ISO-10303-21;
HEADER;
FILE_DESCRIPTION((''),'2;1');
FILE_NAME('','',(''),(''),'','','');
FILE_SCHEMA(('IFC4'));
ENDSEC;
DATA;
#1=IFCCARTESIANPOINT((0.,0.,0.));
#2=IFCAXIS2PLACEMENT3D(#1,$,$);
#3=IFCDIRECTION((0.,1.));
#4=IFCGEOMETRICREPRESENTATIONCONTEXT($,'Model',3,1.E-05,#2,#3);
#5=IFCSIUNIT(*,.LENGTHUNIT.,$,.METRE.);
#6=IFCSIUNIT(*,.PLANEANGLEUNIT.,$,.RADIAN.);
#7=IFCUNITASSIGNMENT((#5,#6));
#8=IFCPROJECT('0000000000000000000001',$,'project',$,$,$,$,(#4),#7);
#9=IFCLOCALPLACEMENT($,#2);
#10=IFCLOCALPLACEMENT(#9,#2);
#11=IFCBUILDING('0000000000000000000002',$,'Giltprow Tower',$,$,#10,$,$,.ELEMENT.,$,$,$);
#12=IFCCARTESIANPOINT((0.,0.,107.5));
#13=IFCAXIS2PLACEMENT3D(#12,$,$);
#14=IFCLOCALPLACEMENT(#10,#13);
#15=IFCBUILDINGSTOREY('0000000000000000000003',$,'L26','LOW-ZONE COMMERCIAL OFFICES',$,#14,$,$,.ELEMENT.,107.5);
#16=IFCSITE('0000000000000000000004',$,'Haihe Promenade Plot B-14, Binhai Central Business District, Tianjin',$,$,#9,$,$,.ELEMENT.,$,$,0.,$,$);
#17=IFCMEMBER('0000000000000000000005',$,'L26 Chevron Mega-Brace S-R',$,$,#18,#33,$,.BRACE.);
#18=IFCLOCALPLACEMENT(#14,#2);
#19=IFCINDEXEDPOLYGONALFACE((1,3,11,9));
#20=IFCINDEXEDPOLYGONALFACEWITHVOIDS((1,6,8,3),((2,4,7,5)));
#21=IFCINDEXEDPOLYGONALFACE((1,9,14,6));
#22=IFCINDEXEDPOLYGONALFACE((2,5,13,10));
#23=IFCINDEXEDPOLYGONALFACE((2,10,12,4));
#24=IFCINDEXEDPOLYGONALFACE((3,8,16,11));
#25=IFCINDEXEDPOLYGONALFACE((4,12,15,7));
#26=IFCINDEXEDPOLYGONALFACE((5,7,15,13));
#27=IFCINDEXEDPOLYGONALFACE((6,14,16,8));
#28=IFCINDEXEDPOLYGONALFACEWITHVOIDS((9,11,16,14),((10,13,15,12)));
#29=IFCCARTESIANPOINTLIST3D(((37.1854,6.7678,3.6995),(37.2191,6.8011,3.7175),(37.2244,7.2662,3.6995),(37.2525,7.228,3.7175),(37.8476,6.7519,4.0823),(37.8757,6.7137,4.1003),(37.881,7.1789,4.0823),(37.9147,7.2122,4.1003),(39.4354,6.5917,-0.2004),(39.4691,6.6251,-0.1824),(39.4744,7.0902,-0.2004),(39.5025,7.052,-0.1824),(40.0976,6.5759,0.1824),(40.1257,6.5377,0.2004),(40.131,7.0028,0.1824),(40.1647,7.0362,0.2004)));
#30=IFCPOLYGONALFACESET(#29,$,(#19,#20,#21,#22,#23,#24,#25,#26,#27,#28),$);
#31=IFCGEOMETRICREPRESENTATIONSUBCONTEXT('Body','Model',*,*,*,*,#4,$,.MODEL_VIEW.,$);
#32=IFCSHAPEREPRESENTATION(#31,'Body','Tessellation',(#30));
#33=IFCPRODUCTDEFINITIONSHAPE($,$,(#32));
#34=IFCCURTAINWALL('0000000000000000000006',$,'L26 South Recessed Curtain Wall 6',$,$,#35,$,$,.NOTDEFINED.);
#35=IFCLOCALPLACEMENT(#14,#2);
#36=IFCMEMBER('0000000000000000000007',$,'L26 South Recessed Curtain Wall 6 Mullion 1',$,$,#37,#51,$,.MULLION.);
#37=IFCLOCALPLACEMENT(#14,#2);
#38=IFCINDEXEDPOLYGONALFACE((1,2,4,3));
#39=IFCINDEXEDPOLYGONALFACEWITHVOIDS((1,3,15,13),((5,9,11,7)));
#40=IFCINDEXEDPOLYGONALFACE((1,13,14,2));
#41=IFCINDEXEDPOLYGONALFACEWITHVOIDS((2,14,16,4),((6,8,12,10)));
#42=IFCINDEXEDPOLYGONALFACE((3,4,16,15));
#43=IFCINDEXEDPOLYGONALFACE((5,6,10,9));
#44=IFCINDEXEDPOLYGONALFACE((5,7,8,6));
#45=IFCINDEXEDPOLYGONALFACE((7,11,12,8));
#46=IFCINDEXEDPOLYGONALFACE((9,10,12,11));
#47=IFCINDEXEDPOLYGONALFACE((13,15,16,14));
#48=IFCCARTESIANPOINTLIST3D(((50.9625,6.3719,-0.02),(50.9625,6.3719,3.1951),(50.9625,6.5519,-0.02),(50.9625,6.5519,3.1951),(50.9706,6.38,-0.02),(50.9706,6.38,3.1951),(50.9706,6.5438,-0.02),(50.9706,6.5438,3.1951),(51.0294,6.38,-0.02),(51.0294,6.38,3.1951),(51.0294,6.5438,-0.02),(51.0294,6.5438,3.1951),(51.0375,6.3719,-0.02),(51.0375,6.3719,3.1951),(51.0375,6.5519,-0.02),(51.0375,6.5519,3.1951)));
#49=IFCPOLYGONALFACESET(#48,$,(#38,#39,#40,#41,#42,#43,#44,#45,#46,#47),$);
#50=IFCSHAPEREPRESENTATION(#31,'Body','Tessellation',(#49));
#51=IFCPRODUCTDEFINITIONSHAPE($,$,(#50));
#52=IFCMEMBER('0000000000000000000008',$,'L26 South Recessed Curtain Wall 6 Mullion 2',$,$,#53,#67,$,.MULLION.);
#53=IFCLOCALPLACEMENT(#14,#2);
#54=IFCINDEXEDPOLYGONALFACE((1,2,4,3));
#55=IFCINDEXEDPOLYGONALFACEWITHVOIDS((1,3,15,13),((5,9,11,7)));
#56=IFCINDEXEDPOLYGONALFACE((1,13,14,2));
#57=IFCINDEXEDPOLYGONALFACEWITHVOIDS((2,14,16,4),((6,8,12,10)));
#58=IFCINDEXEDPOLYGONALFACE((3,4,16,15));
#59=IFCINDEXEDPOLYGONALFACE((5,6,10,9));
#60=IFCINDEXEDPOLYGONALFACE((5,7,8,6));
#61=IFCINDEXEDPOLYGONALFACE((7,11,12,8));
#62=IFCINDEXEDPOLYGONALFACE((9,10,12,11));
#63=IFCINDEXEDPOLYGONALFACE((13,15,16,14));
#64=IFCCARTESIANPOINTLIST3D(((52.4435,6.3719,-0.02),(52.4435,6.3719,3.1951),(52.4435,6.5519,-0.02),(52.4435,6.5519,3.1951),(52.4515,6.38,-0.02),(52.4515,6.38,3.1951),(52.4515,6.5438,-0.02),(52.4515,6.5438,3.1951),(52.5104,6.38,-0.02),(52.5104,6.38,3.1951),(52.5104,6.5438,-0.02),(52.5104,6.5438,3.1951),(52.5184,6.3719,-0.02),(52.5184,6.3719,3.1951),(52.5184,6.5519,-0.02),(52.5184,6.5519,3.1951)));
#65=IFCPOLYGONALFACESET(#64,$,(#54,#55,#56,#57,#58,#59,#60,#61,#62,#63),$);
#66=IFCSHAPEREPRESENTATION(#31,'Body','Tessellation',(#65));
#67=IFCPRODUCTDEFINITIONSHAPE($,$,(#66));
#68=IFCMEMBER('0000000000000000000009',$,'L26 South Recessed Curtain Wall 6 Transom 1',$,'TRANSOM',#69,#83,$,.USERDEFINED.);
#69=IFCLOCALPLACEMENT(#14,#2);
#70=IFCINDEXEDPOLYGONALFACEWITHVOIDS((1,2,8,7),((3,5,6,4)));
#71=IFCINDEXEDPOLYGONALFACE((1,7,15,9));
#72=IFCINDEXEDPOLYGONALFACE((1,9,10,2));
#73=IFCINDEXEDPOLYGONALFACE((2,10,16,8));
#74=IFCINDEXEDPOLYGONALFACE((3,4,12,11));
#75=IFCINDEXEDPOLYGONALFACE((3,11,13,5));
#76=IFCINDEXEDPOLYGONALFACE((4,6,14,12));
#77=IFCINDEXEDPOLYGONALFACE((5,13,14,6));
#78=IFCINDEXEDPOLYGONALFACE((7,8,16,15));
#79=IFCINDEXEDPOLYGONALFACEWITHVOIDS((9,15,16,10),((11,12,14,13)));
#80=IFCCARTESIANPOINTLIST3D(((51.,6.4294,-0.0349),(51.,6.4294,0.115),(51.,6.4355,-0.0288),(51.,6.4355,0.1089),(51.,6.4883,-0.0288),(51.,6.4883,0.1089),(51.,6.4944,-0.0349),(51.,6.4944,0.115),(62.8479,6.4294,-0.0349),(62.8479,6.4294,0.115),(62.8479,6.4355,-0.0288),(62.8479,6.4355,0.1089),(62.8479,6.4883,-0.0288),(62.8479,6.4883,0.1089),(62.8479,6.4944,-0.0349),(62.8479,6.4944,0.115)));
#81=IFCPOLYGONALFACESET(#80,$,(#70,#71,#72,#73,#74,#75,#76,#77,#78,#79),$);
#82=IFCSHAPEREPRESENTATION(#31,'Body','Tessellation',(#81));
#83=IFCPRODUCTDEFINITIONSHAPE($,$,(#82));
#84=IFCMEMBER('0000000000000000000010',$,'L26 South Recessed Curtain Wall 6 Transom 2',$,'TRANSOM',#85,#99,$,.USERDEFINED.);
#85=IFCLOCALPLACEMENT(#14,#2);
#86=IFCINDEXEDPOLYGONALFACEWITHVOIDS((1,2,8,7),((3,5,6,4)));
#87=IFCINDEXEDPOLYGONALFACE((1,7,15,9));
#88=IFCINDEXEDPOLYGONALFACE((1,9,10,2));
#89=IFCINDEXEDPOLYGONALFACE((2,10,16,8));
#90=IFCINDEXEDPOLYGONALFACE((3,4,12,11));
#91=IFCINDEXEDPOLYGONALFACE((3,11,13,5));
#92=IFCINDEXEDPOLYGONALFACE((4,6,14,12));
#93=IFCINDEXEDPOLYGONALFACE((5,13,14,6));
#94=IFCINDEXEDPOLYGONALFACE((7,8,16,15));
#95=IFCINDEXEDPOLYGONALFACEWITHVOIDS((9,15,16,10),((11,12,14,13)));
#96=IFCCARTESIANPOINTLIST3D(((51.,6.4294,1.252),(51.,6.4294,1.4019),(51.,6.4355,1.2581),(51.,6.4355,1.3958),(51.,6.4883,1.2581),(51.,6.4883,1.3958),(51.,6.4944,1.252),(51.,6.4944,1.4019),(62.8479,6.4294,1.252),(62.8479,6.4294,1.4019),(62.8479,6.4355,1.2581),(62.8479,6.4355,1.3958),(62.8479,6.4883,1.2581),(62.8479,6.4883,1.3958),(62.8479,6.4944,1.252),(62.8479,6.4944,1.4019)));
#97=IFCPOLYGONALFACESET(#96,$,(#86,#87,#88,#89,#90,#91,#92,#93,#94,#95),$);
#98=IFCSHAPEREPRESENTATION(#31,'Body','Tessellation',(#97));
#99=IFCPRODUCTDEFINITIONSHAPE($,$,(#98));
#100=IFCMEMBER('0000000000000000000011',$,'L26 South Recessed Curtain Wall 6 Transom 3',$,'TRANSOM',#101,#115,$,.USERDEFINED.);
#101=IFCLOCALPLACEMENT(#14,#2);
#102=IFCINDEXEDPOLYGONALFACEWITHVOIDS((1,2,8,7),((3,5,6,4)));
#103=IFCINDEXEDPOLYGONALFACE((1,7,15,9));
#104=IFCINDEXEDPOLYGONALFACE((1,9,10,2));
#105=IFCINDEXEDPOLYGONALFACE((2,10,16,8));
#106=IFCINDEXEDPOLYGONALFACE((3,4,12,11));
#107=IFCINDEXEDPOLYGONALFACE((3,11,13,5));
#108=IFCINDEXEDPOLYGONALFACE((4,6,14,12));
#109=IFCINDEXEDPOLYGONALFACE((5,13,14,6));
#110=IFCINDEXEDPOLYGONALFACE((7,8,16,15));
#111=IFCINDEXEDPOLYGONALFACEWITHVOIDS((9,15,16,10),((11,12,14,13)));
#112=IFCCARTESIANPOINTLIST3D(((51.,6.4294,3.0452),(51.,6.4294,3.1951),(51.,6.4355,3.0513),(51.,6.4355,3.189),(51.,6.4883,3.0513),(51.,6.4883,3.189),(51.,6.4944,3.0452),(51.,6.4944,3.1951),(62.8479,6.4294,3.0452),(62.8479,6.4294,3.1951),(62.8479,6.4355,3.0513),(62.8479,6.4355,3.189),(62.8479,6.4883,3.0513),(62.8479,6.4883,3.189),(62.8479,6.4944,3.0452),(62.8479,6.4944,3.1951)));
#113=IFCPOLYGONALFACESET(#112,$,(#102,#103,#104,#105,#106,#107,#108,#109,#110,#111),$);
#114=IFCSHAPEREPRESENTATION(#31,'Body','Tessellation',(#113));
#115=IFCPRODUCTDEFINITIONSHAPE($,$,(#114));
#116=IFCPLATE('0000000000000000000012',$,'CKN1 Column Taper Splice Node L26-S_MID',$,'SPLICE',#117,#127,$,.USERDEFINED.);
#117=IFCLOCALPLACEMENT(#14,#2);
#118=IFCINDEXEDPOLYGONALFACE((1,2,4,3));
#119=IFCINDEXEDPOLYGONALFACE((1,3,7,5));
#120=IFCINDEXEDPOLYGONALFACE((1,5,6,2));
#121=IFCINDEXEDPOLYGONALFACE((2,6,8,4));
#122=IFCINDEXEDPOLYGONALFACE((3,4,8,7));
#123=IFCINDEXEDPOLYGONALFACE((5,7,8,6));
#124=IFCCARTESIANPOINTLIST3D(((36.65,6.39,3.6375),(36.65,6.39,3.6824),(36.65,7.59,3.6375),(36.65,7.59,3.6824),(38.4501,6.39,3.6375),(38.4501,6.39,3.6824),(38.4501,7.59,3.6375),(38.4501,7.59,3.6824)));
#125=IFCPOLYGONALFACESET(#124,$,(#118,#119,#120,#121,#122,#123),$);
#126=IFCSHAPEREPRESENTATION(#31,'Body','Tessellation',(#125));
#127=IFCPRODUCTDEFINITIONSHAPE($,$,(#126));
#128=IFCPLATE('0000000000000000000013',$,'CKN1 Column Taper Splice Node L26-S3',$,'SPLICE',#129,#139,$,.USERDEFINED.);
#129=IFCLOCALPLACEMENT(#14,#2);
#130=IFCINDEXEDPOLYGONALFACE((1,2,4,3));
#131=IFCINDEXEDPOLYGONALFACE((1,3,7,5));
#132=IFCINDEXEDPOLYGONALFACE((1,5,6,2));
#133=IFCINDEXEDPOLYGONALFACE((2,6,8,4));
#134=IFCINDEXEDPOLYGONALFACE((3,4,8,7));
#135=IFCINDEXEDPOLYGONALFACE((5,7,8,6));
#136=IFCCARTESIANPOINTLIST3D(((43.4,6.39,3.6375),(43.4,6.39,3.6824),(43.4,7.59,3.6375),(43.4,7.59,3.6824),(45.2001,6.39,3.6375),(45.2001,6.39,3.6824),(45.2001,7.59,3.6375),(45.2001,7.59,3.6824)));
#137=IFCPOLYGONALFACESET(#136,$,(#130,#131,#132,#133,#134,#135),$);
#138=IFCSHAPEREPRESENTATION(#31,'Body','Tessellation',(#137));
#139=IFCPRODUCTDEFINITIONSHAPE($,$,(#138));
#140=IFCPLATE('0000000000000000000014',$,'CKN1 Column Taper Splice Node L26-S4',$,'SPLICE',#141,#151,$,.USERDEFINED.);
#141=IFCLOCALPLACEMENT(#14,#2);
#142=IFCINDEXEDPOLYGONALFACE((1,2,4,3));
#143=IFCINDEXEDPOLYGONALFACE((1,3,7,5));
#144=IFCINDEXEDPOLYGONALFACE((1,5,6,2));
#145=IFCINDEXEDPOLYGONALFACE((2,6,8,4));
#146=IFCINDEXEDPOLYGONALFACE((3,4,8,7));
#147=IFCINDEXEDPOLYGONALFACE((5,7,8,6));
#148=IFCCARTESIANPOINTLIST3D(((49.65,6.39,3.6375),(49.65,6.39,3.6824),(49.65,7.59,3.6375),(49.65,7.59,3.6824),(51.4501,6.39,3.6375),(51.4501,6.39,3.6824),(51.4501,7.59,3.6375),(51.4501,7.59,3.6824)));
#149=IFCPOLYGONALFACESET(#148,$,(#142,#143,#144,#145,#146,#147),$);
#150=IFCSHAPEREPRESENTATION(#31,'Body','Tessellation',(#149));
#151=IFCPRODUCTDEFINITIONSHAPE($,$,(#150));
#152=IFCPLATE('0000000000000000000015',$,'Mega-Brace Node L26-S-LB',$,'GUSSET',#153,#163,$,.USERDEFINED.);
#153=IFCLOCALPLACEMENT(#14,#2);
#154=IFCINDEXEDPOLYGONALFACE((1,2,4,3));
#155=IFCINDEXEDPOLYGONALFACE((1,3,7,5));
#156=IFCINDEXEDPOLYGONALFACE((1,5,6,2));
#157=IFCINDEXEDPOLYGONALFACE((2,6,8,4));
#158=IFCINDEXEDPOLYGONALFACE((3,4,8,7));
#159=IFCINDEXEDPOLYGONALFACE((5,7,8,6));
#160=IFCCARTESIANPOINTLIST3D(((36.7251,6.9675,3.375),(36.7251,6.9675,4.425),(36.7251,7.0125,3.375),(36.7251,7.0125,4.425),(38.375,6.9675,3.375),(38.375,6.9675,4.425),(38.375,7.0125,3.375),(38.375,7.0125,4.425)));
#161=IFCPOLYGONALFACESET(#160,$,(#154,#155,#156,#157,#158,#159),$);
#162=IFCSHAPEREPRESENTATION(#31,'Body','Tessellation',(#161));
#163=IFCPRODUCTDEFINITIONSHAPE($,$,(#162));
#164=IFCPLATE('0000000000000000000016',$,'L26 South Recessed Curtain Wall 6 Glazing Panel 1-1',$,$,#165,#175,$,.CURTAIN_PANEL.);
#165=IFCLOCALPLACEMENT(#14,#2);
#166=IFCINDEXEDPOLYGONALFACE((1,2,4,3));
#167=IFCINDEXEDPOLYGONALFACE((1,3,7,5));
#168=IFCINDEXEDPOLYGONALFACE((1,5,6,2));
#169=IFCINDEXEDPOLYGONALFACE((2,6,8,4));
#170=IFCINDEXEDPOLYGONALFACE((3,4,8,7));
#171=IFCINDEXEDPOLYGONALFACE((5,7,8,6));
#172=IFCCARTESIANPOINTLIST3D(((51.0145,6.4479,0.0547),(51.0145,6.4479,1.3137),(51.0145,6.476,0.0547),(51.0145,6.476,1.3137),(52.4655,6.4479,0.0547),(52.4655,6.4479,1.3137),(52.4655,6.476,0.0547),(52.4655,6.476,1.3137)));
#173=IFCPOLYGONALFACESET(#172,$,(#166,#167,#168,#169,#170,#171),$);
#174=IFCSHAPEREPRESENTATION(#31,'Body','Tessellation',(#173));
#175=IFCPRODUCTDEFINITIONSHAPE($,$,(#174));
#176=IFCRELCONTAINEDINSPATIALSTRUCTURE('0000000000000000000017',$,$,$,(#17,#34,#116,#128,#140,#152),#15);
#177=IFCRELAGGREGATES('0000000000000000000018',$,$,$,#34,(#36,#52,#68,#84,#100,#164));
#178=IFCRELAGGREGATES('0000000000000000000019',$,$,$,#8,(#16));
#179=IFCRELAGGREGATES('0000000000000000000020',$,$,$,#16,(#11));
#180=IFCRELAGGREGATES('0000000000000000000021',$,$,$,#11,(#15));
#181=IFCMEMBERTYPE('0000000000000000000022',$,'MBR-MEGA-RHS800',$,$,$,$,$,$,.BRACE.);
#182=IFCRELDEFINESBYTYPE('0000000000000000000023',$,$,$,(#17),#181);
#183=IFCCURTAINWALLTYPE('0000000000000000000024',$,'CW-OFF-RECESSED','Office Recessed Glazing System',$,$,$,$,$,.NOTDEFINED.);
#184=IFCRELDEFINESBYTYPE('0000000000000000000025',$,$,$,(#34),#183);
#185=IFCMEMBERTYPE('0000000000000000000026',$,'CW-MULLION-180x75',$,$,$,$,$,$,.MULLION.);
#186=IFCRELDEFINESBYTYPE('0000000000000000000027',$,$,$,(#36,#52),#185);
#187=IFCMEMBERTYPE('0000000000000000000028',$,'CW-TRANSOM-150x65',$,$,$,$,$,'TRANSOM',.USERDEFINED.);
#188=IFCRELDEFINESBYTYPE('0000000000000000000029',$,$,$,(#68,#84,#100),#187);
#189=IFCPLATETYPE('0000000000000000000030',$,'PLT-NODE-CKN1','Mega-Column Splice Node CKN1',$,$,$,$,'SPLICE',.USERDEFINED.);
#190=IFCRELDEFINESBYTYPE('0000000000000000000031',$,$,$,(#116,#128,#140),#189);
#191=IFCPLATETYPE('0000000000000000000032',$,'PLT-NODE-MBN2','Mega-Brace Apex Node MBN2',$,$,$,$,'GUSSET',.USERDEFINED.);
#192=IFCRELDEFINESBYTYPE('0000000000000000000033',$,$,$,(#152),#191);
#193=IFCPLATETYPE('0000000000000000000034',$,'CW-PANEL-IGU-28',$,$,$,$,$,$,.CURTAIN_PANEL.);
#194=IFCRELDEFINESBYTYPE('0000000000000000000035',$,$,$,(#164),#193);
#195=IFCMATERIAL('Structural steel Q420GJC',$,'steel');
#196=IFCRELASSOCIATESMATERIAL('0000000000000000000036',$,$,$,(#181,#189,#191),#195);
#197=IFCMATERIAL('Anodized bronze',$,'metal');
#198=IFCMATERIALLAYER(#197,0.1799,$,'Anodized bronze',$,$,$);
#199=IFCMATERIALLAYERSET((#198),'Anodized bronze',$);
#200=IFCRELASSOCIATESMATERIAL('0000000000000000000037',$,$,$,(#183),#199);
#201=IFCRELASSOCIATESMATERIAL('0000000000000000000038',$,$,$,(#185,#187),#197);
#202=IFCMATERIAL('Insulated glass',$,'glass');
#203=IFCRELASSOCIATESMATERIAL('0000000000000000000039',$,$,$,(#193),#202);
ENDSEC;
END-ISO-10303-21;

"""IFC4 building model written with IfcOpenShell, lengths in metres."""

from ifc_helpers import new_model, si_unit, direction, frame, origin, origin_2d, place, context, subcontext, project, spatial, rectangle, hollow_rectangle, extrude, source, transform, mapped, material, layer, layer_set, material_profile, profile_set, type_object, element, aggregate, save


model = new_model("IFC4")

# Units and contexts
model_context = context("Model", 3, precision=1e-05, world=origin(), true_north=direction((0.0, 1.0)))
body_context = subcontext(model_context, "Body", "Model", "MODEL_VIEW")
ifc_project = project(units=[si_unit("LENGTHUNIT", "METRE"), si_unit("PLANEANGLEUNIT", "RADIAN")], contexts=[model_context])

# Site, building, storey
site_placement = place(None, origin())
site = spatial("IfcSite", under=ifc_project, at=site_placement, Name="Haihe Promenade Plot B-14, Binhai Central Business District, Tianjin", CompositionType="ELEMENT", RefElevation=0.0)
building_placement = place(site_placement, origin())
building = spatial("IfcBuilding", under=site, at=building_placement, Name="Giltprow Tower", CompositionType="ELEMENT")
storey_placement = place(building_placement, frame((0.0, 0.0, 107.5)))
storey = spatial("IfcBuildingStorey", under=building, at=storey_placement, Name="L26", Description="LOW-ZONE COMMERCIAL OFFICES", CompositionType="ELEMENT", Elevation=107.5)

# Shared definitions
ifc_material_1 = material(Name="Structural steel Q420GJC", Category="steel")

# Member
ifc_material_profile_1 = material_profile(ifc_material_1, hollow_rectangle(XDim=0.5, YDim=0.8, WallThickness=0.0359, at=origin_2d()), Name="RHS 800x500x36")
ifc_profile_set_1 = profile_set([ifc_material_profile_1], Name="Structural steel Q420GJC")
member_type_1 = type_object("IfcMemberType", Name="MBR-MEGA-RHS800", PredefinedType="BRACE", material=ifc_profile_set_1)
shared_shape_1 = source(origin(), body_context, "Body", "SweptSolid", [
    extrude(hollow_rectangle(XDim=0.5, YDim=0.8, WallThickness=0.0359, at=origin_2d()), origin(), (0.0, 0.0, 1.0), 4.5059),
])
for number, where, z_axis, x_axis, name in (
    (1, (39.8, 6.814, 0.0), (-0.49935, 0.039066, 0.865519), (-0.077995, -0.996954, 0.0), "L26 Chevron Mega-Brace S-R"),
):
    element("IfcMember", number, at=place(storey_placement, frame(where, z_axis=z_axis, x_axis=x_axis)), inside=storey, type_object=member_type_1, Name=name, PredefinedType="BRACE", context=body_context, shape_type="MappedRepresentation", body=[
        mapped(shared_shape_1, transform((0.0, 0.0, 0.0), x_axis=(1.0, 0.0, 0.0), y_axis=(0.0, 1.0, 0.0), z_axis=(0.0, 0.0, 1.0), scale=1.0)),
    ])

# Curtain wall, members
ifc_material_2 = material(Name="Anodized bronze", Category="metal")
ifc_layer_1 = layer(ifc_material_2, 0.1799, Name="Anodized bronze")
ifc_layer_set_1 = layer_set([ifc_layer_1], Name="Anodized bronze")
curtain_wall_type = type_object("IfcCurtainWallType", Name="CW-OFF-RECESSED", Description="Office Recessed Glazing System", PredefinedType="NOTDEFINED", material=ifc_layer_set_1)
curtain_wall_placement = place(storey_placement, origin())
curtain_wall = element("IfcCurtainWall", 2, at=curtain_wall_placement, inside=storey, type_object=curtain_wall_type, Name="L26 South Recessed Curtain Wall 6", PredefinedType="NOTDEFINED")
ifc_material_profile_2 = material_profile(ifc_material_2, hollow_rectangle(XDim=0.075, YDim=0.1799, WallThickness=0.0081, at=origin_2d()), Name="RHS 180x75x8")
ifc_profile_set_2 = profile_set([ifc_material_profile_2], Name="Anodized bronze")
member_type_2 = type_object("IfcMemberType", Name="CW-MULLION-180x75", PredefinedType="MULLION", material=ifc_profile_set_2)
shared_shape_2 = source(origin(), body_context, "Body", "SweptSolid", [
    extrude(hollow_rectangle(XDim=0.075, YDim=0.1799, WallThickness=0.0081, at=origin_2d()), origin(), (0.0, 0.0, 1.0), 3.2151),
])
member_1_placement = place(storey_placement, frame((51.0, 6.4619, -0.02), z_axis=(0.0, 0.0, 1.0), x_axis=(1.0, 0.0, 0.0)))
member_1 = element("IfcMember", 3, at=member_1_placement, type_object=member_type_2, Name="L26 South Recessed Curtain Wall 6 Mullion 1", PredefinedType="MULLION", context=body_context, shape_type="MappedRepresentation", body=[
    mapped(shared_shape_2, transform((0.0, 0.0, 0.0), x_axis=(1.0, 0.0, 0.0), y_axis=(0.0, 1.0, 0.0), z_axis=(0.0, 0.0, 1.0), scale=1.0)),
])
member_2_placement = place(storey_placement, frame((52.481, 6.4619, -0.02), z_axis=(0.0, 0.0, 1.0), x_axis=(1.0, 0.0, 0.0)))
member_2 = element("IfcMember", 4, at=member_2_placement, type_object=member_type_2, Name="L26 South Recessed Curtain Wall 6 Mullion 2", PredefinedType="MULLION", context=body_context, shape_type="MappedRepresentation", body=[
    mapped(shared_shape_2, transform((0.0, 0.0, 0.0), x_axis=(1.0, 0.0, 0.0), y_axis=(0.0, 1.0, 0.0), z_axis=(0.0, 0.0, 1.0), scale=1.0)),
])
ifc_material_profile_3 = material_profile(ifc_material_2, hollow_rectangle(XDim=0.0649, YDim=0.1499, WallThickness=0.0061, at=origin_2d()), Name="RHS 150x65x6")
ifc_profile_set_3 = profile_set([ifc_material_profile_3], Name="Anodized bronze")
member_type_3 = type_object("IfcMemberType", Name="CW-TRANSOM-150x65", ElementType="TRANSOM", PredefinedType="USERDEFINED", material=ifc_profile_set_3)
shared_shape_3 = source(origin(), body_context, "Body", "SweptSolid", [
    extrude(hollow_rectangle(XDim=0.0649, YDim=0.1499, WallThickness=0.0061, at=origin_2d()), origin(), (0.0, 0.0, 1.0), 11.8479),
])
member_3_placement = place(storey_placement, frame((51.0, 6.4619, 0.04), z_axis=(1.0, 0.0, 0.0), x_axis=(0.0, 1.0, 0.0)))
member_3 = element("IfcMember", 5, at=member_3_placement, type_object=member_type_3, Name="L26 South Recessed Curtain Wall 6 Transom 1", ObjectType="TRANSOM", PredefinedType="USERDEFINED", context=body_context, shape_type="MappedRepresentation", body=[
    mapped(shared_shape_3, transform((0.0, 0.0, 0.0), x_axis=(1.0, 0.0, 0.0), y_axis=(0.0, 1.0, 0.0), z_axis=(0.0, 0.0, 1.0), scale=1.0)),
])
member_4_placement = place(storey_placement, frame((51.0, 6.4619, 1.3269), z_axis=(1.0, 0.0, 0.0), x_axis=(0.0, 1.0, 0.0)))
member_4 = element("IfcMember", 6, at=member_4_placement, type_object=member_type_3, Name="L26 South Recessed Curtain Wall 6 Transom 2", ObjectType="TRANSOM", PredefinedType="USERDEFINED", context=body_context, shape_type="MappedRepresentation", body=[
    mapped(shared_shape_3, transform((0.0, 0.0, 0.0), x_axis=(1.0, 0.0, 0.0), y_axis=(0.0, 1.0, 0.0), z_axis=(0.0, 0.0, 1.0), scale=1.0)),
])
member_5_placement = place(storey_placement, frame((51.0, 6.4619, 3.1201), z_axis=(1.0, 0.0, 0.0), x_axis=(0.0, 1.0, 0.0)))
member_5 = element("IfcMember", 7, at=member_5_placement, type_object=member_type_3, Name="L26 South Recessed Curtain Wall 6 Transom 3", ObjectType="TRANSOM", PredefinedType="USERDEFINED", context=body_context, shape_type="MappedRepresentation", body=[
    mapped(shared_shape_3, transform((0.0, 0.0, 0.0), x_axis=(1.0, 0.0, 0.0), y_axis=(0.0, 1.0, 0.0), z_axis=(0.0, 0.0, 1.0), scale=1.0)),
])

# Plates
plate_type_1 = type_object("IfcPlateType", Name="PLT-NODE-CKN1", Description="Mega-Column Splice Node CKN1", ElementType="SPLICE", PredefinedType="USERDEFINED", material=ifc_material_1)
shared_shape_4 = source(origin(), body_context, "Body", "SweptSolid", [
    extrude(rectangle(XDim=1.8, YDim=1.2, at=origin_2d()), origin(), (0.0, 0.0, 1.0), 0.0449),
])
for number, where, z_axis, x_axis, name in (
    (8, (37.55, 6.99, 3.6375), (0.0, 0.0, 1.0), (1.0, 0.0, 0.0), "CKN1 Column Taper Splice Node L26-S_MID"),
    (9, (44.3, 6.99, 3.6375), (0.0, 0.0, 1.0), (1.0, 0.0, 0.0), "CKN1 Column Taper Splice Node L26-S3"),
    (10, (50.55, 6.99, 3.6375), (0.0, 0.0, 1.0), (1.0, 0.0, 0.0), "CKN1 Column Taper Splice Node L26-S4"),
):
    element("IfcPlate", number, at=place(storey_placement, frame(where, z_axis=z_axis, x_axis=x_axis)), inside=storey, type_object=plate_type_1, Name=name, ObjectType="SPLICE", PredefinedType="USERDEFINED", context=body_context, shape_type="MappedRepresentation", body=[
        mapped(shared_shape_4, transform((0.0, 0.0, 0.0), x_axis=(1.0, 0.0, 0.0), y_axis=(0.0, 1.0, 0.0), z_axis=(0.0, 0.0, 1.0), scale=1.0)),
    ])
plate_type_2 = type_object("IfcPlateType", Name="PLT-NODE-MBN2", Description="Mega-Brace Apex Node MBN2", ElementType="GUSSET", PredefinedType="USERDEFINED", material=ifc_material_1)
shared_shape_5 = source(origin(), body_context, "Body", "SweptSolid", [
    extrude(rectangle(XDim=1.6499, YDim=0.0449, at=origin_2d()), origin(), (0.0, 0.0, 1.0), 1.05),
])
plate_1_placement = place(storey_placement, frame((37.55, 6.99, 3.375), z_axis=(0.0, 0.0, 1.0), x_axis=(1.0, 0.0, 0.0)))
element("IfcPlate", 11, at=plate_1_placement, inside=storey, type_object=plate_type_2, Name="Mega-Brace Node L26-S-LB", ObjectType="GUSSET", PredefinedType="USERDEFINED", context=body_context, shape_type="MappedRepresentation", body=[
    mapped(shared_shape_5, transform((0.0, 0.0, 0.0), x_axis=(1.0, 0.0, 0.0), y_axis=(0.0, 1.0, 0.0), z_axis=(0.0, 0.0, 1.0), scale=1.0)),
])

# Plate
ifc_material_3 = material(Name="Insulated glass", Category="glass")
plate_type_3 = type_object("IfcPlateType", Name="CW-PANEL-IGU-28", PredefinedType="CURTAIN_PANEL", material=ifc_material_3)
shared_shape_6 = source(origin(), body_context, "Body", "SweptSolid", [
    extrude(rectangle(XDim=1.4509, YDim=0.0281, at=origin_2d()), origin(), (0.0, 0.0, 1.0), 1.259),
])
plate_2_placement = place(storey_placement, frame((51.74, 6.4619, 0.0547), z_axis=(0.0, 0.0, 1.0), x_axis=(1.0, 0.0, 0.0)))
plate_2 = element("IfcPlate", 12, at=plate_2_placement, type_object=plate_type_3, Name="L26 South Recessed Curtain Wall 6 Glazing Panel 1-1", PredefinedType="CURTAIN_PANEL", context=body_context, shape_type="MappedRepresentation", body=[
    mapped(shared_shape_6, transform((0.0, 0.0, 0.0), x_axis=(1.0, 0.0, 0.0), y_axis=(0.0, 1.0, 0.0), z_axis=(0.0, 0.0, 1.0), scale=1.0)),
])
aggregate(curtain_wall, [member_1, member_2, member_3, member_4, member_5, plate_2])

save(model, "model.ifc")
